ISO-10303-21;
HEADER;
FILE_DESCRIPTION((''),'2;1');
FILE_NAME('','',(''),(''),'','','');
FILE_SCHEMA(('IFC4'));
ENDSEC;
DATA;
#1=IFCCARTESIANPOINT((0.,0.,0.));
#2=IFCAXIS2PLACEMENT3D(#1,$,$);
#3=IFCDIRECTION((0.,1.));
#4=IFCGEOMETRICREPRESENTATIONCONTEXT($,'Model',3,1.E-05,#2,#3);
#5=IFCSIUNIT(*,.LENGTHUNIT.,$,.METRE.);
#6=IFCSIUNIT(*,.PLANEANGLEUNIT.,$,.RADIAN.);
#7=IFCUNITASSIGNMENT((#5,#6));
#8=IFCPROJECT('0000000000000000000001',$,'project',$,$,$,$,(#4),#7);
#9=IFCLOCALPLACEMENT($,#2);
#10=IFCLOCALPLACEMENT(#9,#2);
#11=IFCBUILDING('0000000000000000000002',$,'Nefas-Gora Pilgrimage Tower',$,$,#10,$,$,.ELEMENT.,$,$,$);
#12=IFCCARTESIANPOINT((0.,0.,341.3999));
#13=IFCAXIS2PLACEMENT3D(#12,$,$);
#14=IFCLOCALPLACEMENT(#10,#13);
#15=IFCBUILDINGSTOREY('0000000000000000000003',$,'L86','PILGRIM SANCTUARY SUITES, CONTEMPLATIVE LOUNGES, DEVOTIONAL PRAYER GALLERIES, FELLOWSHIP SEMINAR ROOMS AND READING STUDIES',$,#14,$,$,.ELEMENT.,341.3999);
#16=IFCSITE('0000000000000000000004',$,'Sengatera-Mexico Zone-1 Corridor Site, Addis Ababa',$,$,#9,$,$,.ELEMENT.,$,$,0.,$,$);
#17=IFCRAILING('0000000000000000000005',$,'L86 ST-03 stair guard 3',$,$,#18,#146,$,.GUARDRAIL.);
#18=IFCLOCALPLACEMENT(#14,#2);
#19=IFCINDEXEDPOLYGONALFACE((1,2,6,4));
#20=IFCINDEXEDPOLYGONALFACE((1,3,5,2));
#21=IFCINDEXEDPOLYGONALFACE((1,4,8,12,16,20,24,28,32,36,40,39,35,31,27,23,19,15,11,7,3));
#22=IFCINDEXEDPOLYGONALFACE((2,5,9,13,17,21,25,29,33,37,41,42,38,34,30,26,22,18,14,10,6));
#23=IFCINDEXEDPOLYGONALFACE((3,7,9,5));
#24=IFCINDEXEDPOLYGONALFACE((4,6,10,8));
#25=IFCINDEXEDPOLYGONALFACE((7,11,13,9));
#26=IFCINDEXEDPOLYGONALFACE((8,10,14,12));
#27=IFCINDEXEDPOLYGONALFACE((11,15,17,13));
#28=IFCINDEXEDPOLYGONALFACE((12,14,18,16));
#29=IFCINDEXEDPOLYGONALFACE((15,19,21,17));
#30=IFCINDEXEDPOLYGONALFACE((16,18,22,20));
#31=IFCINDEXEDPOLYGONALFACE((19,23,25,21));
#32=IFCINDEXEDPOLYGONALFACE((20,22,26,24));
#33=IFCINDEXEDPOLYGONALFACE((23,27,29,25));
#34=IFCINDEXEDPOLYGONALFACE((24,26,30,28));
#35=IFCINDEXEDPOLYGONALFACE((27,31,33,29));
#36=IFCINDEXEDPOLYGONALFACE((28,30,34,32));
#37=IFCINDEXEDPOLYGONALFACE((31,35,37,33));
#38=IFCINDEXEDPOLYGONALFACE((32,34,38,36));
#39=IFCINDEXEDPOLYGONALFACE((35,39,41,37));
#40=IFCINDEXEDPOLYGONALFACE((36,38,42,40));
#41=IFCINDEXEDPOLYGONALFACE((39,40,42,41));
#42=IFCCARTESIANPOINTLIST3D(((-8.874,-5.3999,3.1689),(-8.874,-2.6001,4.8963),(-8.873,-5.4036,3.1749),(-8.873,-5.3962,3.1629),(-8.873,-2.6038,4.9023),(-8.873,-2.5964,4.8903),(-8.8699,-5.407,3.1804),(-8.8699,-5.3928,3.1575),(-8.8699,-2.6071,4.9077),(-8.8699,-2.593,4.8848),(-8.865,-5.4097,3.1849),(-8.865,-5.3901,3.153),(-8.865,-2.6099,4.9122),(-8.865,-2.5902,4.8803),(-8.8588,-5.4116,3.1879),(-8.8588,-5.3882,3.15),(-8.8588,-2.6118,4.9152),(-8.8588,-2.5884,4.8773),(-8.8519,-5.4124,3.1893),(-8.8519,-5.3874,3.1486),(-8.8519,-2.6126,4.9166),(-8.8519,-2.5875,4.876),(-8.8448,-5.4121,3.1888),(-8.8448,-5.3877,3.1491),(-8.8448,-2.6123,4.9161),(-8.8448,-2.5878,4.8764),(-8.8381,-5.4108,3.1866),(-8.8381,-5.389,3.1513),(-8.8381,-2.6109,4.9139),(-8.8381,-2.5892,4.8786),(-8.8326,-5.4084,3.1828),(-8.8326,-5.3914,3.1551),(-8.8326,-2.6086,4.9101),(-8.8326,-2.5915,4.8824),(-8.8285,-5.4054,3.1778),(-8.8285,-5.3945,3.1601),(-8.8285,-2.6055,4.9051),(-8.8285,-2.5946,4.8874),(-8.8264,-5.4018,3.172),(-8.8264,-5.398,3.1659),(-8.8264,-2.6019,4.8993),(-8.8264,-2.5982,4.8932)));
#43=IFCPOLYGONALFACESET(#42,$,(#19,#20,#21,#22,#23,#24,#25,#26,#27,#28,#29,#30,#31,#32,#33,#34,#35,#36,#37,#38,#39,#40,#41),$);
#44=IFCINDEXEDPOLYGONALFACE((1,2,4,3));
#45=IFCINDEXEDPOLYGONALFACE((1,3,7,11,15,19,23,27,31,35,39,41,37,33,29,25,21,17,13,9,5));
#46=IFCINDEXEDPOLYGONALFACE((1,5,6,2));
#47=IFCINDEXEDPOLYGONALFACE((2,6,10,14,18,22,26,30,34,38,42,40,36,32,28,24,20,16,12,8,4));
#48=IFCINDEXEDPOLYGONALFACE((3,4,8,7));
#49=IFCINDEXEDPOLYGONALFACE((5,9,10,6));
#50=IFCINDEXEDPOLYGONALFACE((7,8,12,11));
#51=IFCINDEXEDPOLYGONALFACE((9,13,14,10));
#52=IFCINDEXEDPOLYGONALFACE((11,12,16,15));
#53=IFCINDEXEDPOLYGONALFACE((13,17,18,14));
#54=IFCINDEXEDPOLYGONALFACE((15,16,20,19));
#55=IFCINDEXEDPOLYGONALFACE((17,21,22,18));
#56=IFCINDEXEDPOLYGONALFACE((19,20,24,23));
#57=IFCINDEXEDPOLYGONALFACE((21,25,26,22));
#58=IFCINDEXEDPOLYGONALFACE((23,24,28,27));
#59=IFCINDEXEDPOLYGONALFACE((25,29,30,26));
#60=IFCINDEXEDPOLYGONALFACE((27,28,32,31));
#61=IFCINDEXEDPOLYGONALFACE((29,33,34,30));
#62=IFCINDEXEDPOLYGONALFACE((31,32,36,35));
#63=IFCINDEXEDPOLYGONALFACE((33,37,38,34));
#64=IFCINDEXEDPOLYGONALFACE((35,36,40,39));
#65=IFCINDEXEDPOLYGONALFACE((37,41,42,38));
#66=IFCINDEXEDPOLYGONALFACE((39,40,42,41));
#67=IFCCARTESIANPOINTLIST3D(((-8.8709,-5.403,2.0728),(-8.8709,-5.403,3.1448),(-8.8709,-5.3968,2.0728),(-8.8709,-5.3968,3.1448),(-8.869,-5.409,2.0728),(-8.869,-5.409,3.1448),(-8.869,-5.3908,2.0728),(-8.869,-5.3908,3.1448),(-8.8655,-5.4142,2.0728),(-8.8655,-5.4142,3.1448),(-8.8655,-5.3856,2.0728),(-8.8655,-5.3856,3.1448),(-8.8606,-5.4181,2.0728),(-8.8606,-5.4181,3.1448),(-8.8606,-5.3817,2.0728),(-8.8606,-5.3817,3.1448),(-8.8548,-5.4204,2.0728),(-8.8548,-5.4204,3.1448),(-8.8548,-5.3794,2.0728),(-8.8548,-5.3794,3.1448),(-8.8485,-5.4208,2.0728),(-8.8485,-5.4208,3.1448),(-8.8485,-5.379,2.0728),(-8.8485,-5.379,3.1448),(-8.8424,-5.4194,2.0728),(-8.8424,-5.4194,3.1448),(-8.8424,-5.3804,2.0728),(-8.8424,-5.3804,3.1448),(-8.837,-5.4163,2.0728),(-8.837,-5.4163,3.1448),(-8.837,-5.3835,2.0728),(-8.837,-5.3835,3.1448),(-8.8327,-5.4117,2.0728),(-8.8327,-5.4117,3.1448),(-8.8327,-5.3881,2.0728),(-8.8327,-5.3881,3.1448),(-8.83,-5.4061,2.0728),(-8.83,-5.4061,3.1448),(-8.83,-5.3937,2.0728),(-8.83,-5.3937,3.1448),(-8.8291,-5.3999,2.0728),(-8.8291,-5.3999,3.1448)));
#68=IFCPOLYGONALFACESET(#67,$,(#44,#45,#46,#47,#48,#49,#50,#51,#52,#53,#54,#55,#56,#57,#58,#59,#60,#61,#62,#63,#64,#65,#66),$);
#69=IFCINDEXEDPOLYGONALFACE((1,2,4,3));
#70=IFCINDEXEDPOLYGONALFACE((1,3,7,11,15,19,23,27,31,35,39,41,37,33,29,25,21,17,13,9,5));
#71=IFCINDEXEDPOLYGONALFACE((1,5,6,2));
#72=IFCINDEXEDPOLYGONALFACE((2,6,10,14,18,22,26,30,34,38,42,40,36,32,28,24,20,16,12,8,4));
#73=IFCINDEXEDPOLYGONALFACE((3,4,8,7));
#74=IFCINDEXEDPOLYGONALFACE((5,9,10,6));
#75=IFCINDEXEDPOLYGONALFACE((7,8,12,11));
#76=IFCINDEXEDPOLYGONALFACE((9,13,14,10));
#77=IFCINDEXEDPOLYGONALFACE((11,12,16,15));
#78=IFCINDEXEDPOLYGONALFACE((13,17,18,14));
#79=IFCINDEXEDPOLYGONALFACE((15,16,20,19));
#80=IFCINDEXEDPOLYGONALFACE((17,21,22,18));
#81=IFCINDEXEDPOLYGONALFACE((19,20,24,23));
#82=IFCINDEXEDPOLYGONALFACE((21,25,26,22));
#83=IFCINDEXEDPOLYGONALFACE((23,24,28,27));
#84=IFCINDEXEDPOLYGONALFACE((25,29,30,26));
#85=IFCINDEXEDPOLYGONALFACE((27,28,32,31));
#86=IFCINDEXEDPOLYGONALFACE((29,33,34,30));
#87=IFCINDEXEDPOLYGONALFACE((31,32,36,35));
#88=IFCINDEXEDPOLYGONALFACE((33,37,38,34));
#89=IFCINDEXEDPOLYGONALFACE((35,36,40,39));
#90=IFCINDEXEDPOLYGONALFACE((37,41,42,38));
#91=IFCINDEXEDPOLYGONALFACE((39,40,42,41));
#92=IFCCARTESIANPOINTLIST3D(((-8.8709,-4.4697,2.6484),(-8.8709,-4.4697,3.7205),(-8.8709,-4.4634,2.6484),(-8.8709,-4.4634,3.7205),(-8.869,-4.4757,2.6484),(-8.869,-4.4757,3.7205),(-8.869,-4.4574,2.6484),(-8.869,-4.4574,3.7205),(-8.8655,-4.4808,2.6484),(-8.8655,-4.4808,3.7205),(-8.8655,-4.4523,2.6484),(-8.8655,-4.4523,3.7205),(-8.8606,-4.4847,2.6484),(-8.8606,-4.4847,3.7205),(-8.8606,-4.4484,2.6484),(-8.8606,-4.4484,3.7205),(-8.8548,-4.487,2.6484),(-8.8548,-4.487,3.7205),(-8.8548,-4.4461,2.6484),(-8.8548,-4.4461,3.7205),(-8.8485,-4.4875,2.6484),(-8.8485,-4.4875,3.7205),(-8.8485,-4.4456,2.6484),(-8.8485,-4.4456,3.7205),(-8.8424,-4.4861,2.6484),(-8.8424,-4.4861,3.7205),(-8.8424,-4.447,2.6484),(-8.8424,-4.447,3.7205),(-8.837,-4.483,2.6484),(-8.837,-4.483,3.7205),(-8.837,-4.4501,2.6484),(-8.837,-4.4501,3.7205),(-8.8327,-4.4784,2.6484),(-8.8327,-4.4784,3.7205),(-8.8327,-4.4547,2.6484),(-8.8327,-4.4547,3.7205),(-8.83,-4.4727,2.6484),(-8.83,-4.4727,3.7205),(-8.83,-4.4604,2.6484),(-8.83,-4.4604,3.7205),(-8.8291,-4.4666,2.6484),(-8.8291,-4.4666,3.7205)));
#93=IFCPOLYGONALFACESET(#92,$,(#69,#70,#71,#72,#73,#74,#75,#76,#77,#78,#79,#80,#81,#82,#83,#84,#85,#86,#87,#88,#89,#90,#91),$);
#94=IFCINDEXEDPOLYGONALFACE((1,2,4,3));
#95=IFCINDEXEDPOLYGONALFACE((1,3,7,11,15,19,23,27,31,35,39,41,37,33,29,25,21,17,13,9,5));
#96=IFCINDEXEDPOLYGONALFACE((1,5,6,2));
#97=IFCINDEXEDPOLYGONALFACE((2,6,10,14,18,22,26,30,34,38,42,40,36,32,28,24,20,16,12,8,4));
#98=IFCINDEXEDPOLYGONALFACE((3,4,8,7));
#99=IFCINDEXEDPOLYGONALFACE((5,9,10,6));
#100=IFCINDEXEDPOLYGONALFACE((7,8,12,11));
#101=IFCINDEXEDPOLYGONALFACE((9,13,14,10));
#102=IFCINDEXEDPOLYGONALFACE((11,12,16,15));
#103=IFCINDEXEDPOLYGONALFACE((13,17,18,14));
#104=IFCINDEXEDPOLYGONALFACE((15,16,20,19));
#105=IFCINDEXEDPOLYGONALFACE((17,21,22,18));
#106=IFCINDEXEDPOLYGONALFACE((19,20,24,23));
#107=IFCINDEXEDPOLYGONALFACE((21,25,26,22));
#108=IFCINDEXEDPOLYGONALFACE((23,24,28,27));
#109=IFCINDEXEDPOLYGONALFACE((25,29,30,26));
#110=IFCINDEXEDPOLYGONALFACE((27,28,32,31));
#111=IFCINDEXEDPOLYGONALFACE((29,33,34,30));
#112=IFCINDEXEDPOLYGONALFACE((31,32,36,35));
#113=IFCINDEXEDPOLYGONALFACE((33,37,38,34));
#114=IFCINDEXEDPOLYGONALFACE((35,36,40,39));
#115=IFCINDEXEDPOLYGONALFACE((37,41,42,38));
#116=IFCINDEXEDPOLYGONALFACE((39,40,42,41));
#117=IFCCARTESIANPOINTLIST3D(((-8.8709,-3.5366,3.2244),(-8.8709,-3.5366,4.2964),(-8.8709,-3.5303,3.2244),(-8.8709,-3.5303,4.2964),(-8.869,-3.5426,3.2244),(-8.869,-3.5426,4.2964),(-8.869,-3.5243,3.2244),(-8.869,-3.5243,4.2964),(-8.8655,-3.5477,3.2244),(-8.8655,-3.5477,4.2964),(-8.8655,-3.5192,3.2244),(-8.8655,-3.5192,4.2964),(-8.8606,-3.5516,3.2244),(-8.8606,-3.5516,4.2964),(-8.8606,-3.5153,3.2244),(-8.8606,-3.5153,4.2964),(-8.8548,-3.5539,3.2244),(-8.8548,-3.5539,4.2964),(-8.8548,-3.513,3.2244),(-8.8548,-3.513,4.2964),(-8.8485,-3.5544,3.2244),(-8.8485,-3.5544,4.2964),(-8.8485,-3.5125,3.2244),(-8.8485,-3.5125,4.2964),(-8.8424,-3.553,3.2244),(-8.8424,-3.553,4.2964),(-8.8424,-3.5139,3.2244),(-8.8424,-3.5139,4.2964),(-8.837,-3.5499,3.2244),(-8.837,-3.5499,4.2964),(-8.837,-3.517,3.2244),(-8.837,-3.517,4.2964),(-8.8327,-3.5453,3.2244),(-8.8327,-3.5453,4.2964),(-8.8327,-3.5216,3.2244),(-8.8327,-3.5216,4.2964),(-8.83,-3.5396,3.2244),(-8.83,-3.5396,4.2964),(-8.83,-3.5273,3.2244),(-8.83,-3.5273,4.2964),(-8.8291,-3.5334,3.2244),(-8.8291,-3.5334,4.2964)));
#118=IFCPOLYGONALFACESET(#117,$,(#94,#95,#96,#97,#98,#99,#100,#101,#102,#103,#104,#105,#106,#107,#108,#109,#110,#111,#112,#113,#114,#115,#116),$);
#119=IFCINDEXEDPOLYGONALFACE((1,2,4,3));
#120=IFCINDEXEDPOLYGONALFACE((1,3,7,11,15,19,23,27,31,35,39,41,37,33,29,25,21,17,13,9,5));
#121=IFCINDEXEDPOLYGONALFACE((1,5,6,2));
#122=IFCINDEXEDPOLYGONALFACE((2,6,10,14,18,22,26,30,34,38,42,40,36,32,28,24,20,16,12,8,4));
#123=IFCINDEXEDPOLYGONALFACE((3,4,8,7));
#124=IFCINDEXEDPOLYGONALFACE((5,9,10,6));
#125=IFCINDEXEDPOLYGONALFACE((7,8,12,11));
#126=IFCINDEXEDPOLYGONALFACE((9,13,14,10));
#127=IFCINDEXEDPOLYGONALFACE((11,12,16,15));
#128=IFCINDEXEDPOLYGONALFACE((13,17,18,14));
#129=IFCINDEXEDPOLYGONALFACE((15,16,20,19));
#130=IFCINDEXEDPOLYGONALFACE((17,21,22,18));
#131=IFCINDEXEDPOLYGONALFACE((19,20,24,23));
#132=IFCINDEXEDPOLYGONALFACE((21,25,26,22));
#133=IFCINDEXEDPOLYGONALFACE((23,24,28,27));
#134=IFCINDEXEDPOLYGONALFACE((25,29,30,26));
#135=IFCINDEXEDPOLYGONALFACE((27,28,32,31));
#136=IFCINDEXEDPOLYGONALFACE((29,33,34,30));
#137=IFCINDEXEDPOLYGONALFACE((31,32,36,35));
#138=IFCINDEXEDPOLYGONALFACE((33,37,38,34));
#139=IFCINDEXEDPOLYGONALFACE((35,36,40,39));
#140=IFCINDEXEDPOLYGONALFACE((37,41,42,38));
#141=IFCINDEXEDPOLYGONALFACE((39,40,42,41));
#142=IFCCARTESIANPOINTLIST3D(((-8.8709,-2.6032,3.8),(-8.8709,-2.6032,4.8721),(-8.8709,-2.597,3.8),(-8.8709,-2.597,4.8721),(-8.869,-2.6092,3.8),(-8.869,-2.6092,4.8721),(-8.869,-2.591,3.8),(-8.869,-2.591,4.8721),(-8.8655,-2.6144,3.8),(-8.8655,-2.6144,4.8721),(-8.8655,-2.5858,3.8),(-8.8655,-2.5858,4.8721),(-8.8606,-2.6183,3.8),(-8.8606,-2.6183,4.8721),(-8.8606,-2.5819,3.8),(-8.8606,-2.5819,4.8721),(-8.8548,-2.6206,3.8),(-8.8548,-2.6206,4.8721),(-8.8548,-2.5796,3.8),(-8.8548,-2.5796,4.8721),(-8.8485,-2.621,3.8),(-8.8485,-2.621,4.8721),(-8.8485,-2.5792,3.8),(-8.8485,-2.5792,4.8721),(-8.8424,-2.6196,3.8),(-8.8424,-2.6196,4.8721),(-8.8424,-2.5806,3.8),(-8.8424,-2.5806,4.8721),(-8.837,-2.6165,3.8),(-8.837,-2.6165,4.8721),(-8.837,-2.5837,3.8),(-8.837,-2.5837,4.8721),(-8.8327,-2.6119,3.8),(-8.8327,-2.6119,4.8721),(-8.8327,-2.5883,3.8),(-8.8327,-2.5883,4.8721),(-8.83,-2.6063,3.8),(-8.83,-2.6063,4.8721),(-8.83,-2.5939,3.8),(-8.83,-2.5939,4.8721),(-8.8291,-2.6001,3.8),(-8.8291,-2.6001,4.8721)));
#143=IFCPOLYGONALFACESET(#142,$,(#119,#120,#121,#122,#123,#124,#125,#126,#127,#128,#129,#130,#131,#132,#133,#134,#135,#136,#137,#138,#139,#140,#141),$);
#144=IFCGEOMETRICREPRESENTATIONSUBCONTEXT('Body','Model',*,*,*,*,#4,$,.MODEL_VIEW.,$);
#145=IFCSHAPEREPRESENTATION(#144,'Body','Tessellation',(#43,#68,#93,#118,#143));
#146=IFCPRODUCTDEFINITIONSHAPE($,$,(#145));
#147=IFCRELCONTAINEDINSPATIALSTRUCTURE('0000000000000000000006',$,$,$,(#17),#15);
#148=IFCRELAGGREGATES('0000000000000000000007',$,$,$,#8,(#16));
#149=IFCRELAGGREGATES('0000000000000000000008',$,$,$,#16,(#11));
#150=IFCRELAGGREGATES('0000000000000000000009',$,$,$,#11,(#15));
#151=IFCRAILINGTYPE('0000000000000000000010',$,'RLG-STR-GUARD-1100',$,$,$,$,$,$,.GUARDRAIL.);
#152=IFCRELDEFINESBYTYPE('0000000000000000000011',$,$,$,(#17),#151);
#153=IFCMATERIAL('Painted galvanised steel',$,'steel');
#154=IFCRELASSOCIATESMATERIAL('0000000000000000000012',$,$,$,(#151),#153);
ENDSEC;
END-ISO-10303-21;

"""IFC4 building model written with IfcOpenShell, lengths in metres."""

from ifc_helpers import new_model, si_unit, direction, frame, origin, origin_2d, place, context, subcontext, project, spatial, circle, extrude, material, type_object, element, save


model = new_model("IFC4")

# Units and contexts
model_context = context("Model", 3, precision=1e-05, world=origin(), true_north=direction((0.0, 1.0)))
body_context = subcontext(model_context, "Body", "Model", "MODEL_VIEW")
ifc_project = project(units=[si_unit("LENGTHUNIT", "METRE"), si_unit("PLANEANGLEUNIT", "RADIAN")], contexts=[model_context])

# Site, building, storey
site_placement = place(None, origin())
site = spatial("IfcSite", under=ifc_project, at=site_placement, Name="Sengatera-Mexico Zone-1 Corridor Site, Addis Ababa", CompositionType="ELEMENT", RefElevation=0.0)
building_placement = place(site_placement, origin())
building = spatial("IfcBuilding", under=site, at=building_placement, Name="Nefas-Gora Pilgrimage Tower", CompositionType="ELEMENT")
storey_placement = place(building_placement, frame((0.0, 0.0, 341.3999)))
storey = spatial("IfcBuildingStorey", under=building, at=storey_placement, Name="L86", Description="PILGRIM SANCTUARY SUITES, CONTEMPLATIVE LOUNGES, DEVOTIONAL PRAYER GALLERIES, FELLOWSHIP SEMINAR ROOMS AND READING STUDIES", CompositionType="ELEMENT", Elevation=341.3999)

# Railing
ifc_material_1 = material(Name="Painted galvanised steel", Category="steel")
railing_type_1 = type_object("IfcRailingType", Name="RLG-STR-GUARD-1100", PredefinedType="GUARDRAIL", material=ifc_material_1)
railing_1_placement = place(storey_placement, frame((-8.8501, -5.3999, 2.0728)))
element("IfcRailing", 1, at=railing_1_placement, inside=storey, type_object=railing_type_1, Name="L86 ST-03 stair guard 3", PredefinedType="GUARDRAIL", context=body_context, shape_type="SweptSolid", body=[
    extrude(circle(Radius=0.0239, at=origin_2d()), frame((0.0, 0.0, 1.0962), z_axis=(0.0, 0.851069, 0.525054), x_axis=(-1.0, 0.0, 0.0)), (0.0, 0.0, 1.0), 3.2898),
    extrude(circle(Radius=0.021, at=origin_2d()), origin(), (0.0, 0.0, 1.0), 1.072),
    extrude(circle(Radius=0.021, at=origin_2d()), frame((0.0, 0.9333, 0.5757)), (0.0, 0.0, 1.0), 1.072),
    extrude(circle(Radius=0.021, at=origin_2d()), frame((0.0, 1.8665, 1.1516)), (0.0, 0.0, 1.0), 1.072),
    extrude(circle(Radius=0.021, at=origin_2d()), frame((0.0, 2.7998, 1.7273)), (0.0, 0.0, 1.0), 1.072),
])

save(model, "model.ifc")
